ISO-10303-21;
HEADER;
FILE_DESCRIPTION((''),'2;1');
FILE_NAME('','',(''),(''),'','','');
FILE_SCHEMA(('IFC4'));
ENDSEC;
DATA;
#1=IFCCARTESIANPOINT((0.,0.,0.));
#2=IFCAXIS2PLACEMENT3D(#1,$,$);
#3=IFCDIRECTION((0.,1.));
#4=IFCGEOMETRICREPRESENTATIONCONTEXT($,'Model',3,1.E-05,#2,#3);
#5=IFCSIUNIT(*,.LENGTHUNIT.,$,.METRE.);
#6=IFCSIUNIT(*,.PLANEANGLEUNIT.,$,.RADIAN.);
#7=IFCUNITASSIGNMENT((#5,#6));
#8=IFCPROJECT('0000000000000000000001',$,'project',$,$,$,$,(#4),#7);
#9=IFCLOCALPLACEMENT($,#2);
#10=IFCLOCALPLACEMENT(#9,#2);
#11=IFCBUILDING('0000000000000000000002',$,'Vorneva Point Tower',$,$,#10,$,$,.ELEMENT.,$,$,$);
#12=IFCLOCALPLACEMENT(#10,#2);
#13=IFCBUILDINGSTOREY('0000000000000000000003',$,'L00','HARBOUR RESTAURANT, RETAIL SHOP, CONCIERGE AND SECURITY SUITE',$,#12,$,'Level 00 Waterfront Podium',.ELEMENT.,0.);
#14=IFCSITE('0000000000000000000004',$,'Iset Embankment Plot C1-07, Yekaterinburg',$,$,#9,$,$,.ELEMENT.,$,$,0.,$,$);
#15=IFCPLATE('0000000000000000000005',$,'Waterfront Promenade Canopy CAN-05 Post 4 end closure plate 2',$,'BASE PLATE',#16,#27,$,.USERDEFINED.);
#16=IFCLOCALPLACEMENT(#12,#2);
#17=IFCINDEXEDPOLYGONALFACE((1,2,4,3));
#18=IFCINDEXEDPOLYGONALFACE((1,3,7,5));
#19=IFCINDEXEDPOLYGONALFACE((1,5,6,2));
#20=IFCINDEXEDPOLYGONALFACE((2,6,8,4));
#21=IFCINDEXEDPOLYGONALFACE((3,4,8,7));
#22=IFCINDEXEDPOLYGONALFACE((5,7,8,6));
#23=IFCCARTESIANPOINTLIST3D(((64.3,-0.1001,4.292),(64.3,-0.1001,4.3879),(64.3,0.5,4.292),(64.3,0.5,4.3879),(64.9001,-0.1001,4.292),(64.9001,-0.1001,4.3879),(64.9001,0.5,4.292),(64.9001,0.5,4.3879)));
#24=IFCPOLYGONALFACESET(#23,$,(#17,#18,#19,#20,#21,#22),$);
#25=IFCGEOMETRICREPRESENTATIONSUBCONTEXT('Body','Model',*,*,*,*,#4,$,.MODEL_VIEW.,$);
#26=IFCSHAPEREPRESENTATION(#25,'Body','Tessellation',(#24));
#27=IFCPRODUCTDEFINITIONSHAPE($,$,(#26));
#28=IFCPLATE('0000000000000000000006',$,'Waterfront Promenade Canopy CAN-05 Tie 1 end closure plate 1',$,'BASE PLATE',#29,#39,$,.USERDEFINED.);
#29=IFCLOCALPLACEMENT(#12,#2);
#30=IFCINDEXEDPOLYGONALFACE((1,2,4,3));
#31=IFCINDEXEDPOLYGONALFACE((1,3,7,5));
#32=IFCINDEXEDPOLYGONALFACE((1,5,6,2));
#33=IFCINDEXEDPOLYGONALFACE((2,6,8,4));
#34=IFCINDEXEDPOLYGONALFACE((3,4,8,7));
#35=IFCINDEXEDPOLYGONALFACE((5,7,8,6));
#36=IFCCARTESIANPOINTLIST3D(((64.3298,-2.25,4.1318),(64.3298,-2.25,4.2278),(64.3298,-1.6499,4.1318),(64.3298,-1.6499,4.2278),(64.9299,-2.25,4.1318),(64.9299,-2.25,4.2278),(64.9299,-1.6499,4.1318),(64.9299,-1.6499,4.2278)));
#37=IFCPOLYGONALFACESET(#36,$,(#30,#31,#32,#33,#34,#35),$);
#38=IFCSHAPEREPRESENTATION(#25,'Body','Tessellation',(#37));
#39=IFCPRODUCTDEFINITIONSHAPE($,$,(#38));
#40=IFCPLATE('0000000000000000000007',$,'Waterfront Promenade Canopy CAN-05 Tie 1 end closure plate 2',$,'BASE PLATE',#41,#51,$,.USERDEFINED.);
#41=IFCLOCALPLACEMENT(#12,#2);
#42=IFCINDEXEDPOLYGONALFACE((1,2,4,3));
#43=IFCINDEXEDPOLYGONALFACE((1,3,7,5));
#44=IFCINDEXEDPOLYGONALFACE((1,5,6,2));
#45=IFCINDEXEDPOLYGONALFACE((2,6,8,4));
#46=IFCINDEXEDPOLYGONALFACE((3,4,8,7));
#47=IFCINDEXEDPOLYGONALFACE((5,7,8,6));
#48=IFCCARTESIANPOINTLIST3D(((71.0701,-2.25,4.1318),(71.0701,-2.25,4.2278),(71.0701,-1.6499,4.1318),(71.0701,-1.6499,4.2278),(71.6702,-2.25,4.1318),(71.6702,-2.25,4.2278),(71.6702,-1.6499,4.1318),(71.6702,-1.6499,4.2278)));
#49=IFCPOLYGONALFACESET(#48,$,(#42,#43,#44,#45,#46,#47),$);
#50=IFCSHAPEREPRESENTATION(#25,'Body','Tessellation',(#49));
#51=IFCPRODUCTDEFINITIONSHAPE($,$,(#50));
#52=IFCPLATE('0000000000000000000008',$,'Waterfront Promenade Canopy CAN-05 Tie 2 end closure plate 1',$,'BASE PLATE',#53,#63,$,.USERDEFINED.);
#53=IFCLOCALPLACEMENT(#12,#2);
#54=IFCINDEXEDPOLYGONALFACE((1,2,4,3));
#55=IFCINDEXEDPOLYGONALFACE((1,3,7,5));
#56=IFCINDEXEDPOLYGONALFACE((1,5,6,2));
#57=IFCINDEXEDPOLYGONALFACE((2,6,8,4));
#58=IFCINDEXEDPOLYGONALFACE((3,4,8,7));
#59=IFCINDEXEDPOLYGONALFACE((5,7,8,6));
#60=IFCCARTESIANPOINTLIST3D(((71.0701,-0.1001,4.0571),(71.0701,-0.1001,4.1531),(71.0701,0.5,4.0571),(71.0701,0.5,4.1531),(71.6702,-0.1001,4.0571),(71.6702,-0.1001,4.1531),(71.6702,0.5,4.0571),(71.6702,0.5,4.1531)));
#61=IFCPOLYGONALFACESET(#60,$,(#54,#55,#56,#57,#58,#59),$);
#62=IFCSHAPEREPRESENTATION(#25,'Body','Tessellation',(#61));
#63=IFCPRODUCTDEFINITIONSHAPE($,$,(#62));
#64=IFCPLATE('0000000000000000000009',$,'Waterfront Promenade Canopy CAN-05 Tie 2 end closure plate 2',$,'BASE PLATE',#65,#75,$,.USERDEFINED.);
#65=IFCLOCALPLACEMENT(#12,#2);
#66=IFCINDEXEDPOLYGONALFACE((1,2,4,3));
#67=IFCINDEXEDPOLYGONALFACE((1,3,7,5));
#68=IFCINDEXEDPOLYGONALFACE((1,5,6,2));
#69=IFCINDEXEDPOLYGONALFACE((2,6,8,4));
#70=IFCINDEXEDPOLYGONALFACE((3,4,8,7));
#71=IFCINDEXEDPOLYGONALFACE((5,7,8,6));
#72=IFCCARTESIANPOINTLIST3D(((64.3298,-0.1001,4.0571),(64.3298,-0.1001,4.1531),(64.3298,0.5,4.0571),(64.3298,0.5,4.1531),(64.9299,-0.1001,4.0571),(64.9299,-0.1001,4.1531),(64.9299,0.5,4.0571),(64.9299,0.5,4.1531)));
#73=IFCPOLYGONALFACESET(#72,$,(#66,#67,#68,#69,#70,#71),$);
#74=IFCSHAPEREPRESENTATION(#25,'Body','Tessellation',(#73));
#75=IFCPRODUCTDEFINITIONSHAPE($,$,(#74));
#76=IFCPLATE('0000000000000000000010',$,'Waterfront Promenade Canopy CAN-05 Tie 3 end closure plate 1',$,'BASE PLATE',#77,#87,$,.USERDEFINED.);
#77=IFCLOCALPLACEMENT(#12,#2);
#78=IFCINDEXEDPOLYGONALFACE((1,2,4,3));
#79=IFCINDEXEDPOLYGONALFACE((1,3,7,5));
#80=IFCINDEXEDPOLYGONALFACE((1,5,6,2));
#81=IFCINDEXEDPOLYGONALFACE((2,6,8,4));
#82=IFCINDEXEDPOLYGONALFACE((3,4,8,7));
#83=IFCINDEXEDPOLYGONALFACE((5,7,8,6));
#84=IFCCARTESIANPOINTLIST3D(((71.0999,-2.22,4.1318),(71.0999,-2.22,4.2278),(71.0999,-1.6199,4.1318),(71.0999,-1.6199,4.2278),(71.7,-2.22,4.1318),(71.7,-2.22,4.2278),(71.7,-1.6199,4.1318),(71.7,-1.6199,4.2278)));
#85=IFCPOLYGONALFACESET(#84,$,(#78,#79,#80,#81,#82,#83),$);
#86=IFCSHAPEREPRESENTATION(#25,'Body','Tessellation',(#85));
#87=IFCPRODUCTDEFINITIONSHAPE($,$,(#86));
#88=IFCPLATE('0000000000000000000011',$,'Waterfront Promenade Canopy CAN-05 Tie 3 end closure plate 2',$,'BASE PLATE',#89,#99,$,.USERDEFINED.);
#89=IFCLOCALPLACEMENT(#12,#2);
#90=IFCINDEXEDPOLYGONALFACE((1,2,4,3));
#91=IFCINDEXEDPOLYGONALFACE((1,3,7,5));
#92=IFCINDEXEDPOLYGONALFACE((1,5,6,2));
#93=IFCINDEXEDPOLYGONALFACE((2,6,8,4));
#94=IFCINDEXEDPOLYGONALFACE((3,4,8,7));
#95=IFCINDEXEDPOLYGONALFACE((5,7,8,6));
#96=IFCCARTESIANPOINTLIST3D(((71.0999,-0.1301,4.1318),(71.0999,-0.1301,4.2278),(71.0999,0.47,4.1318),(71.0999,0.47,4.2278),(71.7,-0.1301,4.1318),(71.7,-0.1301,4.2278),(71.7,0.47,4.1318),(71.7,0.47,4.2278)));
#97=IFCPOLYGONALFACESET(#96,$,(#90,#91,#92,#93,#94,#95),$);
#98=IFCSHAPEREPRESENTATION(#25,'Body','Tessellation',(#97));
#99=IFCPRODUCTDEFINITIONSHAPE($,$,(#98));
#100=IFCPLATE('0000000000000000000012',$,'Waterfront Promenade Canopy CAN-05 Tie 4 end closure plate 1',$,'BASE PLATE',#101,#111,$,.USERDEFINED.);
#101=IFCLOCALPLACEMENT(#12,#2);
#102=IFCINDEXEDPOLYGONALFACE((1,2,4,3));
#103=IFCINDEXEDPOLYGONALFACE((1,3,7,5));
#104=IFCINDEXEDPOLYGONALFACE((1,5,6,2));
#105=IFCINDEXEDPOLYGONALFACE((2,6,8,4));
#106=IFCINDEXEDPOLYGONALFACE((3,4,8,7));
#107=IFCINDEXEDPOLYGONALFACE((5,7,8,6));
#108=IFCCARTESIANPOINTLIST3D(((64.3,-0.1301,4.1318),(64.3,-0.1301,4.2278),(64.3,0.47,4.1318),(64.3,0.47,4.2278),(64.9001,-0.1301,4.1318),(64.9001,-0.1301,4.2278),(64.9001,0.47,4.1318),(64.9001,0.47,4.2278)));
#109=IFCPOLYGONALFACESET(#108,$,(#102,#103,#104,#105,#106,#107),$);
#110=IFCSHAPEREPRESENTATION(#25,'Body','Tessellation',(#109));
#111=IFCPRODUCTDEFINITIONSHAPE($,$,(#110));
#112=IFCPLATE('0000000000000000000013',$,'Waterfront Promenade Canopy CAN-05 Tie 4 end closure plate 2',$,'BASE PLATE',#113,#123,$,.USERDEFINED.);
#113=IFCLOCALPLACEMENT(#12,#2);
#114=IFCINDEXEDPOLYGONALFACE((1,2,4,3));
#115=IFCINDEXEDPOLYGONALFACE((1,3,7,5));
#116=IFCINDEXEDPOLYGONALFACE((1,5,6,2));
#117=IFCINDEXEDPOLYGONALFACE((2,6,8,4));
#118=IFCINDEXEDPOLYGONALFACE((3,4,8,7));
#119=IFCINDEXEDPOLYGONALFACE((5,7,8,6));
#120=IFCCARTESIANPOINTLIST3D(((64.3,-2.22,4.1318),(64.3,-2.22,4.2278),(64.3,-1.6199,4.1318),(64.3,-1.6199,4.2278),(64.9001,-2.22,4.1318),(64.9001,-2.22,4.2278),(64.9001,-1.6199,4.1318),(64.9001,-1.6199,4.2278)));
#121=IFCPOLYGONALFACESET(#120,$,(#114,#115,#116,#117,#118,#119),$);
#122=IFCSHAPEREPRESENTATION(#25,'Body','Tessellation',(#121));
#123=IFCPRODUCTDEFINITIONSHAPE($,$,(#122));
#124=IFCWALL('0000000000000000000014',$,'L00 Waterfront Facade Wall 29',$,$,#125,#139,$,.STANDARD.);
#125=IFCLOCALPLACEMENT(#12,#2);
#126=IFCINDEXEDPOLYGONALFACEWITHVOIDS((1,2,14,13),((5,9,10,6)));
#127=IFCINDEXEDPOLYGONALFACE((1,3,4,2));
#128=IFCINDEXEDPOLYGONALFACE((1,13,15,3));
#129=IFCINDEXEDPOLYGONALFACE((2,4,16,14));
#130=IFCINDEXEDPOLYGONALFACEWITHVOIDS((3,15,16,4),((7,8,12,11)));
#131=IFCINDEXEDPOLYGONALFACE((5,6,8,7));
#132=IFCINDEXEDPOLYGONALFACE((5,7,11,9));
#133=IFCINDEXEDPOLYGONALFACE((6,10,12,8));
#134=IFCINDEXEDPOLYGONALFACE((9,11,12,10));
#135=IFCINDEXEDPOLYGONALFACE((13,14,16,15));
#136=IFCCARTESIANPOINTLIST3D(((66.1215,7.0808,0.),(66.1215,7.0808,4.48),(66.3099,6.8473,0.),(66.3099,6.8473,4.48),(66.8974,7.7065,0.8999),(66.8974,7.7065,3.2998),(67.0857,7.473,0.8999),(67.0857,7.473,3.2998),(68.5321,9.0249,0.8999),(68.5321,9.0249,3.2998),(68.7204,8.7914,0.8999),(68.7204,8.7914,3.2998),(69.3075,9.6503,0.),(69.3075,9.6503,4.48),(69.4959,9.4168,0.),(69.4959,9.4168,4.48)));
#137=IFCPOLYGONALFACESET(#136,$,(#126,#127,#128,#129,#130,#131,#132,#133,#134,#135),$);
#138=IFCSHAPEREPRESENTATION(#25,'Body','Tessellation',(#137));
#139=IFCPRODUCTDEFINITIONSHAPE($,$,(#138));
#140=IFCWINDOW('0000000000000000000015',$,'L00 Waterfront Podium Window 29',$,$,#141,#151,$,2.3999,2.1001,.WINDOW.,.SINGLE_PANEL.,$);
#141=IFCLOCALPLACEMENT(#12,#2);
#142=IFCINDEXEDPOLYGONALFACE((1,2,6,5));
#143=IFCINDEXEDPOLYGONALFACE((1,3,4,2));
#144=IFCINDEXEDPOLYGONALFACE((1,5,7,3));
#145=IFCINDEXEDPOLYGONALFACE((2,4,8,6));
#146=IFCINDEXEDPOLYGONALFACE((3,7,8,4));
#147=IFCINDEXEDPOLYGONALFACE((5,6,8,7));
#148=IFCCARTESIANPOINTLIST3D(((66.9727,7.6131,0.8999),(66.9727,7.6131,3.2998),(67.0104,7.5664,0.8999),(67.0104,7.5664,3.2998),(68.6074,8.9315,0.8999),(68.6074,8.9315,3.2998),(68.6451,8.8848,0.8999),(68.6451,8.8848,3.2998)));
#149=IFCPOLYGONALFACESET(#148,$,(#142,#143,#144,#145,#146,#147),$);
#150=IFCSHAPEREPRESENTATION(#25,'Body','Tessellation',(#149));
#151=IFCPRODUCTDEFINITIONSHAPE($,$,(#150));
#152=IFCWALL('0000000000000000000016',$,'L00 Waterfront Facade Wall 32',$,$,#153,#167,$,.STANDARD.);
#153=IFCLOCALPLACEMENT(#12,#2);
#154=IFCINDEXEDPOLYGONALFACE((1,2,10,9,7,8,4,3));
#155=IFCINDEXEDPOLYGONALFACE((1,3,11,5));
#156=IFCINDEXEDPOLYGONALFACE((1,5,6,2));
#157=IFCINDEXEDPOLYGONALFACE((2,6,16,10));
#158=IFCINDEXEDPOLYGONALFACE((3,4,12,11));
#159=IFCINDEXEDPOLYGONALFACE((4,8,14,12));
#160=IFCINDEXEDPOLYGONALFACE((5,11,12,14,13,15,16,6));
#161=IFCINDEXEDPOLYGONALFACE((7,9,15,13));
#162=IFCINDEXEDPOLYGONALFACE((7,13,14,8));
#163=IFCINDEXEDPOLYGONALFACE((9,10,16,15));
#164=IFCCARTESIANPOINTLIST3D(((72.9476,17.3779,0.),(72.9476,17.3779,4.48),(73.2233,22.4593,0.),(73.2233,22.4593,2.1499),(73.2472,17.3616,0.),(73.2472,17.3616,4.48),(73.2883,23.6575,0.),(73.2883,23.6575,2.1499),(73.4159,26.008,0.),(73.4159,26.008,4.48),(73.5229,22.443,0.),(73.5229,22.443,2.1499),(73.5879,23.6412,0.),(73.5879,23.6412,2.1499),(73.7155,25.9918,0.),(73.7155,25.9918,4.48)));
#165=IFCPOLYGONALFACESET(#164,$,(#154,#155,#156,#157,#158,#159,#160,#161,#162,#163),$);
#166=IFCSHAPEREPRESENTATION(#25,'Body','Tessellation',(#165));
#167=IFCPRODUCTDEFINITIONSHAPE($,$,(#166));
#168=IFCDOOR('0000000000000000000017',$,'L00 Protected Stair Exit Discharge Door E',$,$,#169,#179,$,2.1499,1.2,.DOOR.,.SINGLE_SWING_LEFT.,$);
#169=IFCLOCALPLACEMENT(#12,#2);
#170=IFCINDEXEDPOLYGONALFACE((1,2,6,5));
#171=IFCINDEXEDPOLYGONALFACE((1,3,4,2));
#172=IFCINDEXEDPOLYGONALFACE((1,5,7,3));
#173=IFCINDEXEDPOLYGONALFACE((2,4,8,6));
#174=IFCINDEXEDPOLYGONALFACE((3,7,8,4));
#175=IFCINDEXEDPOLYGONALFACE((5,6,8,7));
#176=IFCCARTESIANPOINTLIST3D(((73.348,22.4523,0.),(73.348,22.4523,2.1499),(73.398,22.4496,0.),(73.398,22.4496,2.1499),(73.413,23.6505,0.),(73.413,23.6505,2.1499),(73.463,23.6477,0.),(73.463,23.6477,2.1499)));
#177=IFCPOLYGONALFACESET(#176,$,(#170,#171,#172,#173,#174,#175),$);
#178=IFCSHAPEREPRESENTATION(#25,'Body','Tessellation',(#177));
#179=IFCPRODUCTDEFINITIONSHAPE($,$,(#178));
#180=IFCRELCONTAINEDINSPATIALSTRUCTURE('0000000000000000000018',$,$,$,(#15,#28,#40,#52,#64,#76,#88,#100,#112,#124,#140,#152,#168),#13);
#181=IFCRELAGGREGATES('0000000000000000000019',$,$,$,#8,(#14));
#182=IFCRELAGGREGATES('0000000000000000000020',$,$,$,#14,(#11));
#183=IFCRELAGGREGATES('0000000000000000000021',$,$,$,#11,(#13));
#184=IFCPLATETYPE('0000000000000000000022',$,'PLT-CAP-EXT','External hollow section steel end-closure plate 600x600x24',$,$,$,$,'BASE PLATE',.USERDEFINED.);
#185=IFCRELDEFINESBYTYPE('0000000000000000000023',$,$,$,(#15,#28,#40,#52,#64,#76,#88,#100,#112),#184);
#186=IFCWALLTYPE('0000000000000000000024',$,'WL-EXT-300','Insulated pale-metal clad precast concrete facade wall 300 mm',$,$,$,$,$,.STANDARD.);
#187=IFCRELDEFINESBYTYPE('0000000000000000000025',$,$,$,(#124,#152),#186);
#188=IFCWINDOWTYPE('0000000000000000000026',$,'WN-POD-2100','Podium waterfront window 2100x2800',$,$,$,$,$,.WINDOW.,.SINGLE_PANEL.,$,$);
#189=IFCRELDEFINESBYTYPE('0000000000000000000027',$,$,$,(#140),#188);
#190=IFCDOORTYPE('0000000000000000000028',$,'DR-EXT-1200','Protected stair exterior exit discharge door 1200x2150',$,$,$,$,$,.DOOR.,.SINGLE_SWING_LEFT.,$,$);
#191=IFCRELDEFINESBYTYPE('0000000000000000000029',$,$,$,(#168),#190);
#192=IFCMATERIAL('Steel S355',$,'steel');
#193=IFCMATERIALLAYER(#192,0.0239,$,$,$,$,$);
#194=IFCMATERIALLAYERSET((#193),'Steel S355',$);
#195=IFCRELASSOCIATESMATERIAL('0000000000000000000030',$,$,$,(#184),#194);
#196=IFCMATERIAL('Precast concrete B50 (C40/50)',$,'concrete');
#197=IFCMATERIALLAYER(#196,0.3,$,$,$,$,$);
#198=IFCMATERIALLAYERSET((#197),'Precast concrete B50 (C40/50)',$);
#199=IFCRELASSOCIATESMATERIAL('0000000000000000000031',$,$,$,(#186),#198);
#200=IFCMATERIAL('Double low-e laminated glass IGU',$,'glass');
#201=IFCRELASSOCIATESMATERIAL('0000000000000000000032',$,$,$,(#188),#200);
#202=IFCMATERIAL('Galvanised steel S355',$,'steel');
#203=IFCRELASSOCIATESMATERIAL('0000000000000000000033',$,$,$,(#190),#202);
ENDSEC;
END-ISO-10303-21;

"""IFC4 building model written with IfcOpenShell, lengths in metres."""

from ifc_helpers import new_model, si_unit, direction, frame, frame_2d, origin, origin_2d, place, context, subcontext, project, spatial, rectangle, extrude, material, layer, layer_set, type_object, element, fill, save


model = new_model("IFC4")

# Units and contexts
model_context = context("Model", 3, precision=1e-05, world=origin(), true_north=direction((0.0, 1.0)))
body_context = subcontext(model_context, "Body", "Model", "MODEL_VIEW")
ifc_project = project(units=[si_unit("LENGTHUNIT", "METRE"), si_unit("PLANEANGLEUNIT", "RADIAN")], contexts=[model_context])

# Site, building, storey
site_placement = place(None, origin())
site = spatial("IfcSite", under=ifc_project, at=site_placement, Name="Iset Embankment Plot C1-07, Yekaterinburg", CompositionType="ELEMENT", RefElevation=0.0)
building_placement = place(site_placement, origin())
building = spatial("IfcBuilding", under=site, at=building_placement, Name="Vorneva Point Tower", CompositionType="ELEMENT")
storey_placement = place(building_placement, origin())
storey = spatial("IfcBuildingStorey", under=building, at=storey_placement, Name="L00", Description="HARBOUR RESTAURANT, RETAIL SHOP, CONCIERGE AND SECURITY SUITE", LongName="Level 00 Waterfront Podium", CompositionType="ELEMENT", Elevation=0.0)

# Shared definitions
ifc_material_1 = material(Name="Steel S355", Category="steel")

# Shared definitions
ifc_material_2 = material(Name="Double low-e laminated glass IGU", Category="glass")

# Plates
ifc_layer_1 = layer(ifc_material_1, 0.0239)
ifc_layer_set_1 = layer_set([ifc_layer_1], Name="Steel S355")
plate_type_1 = type_object("IfcPlateType", Name="PLT-CAP-EXT", Description="External hollow section steel end-closure plate 600x600x24", ElementType="BASE PLATE", PredefinedType="USERDEFINED", material=ifc_layer_set_1)
for number, where, z_axis, x_axis, name in (
    (1, (64.6001, 0.2, 4.292), (0.0, 0.0, 1.0), (1.0, 0.0, 0.0), "Waterfront Promenade Canopy CAN-05 Post 4 end closure plate 2"),
    (2, (64.6299, -1.95, 4.1318), (0.0, 0.0, 1.0), (1.0, 0.0, 0.0), "Waterfront Promenade Canopy CAN-05 Tie 1 end closure plate 1"),
    (3, (71.3701, -1.95, 4.1318), (0.0, 0.0, 1.0), (1.0, 0.0, 0.0), "Waterfront Promenade Canopy CAN-05 Tie 1 end closure plate 2"),
    (4, (71.3701, 0.2, 4.0571), (0.0, 0.0, 1.0), (-1.0, 0.0, 0.0), "Waterfront Promenade Canopy CAN-05 Tie 2 end closure plate 1"),
    (5, (64.6299, 0.2, 4.0571), (0.0, 0.0, 1.0), (-1.0, 0.0, 0.0), "Waterfront Promenade Canopy CAN-05 Tie 2 end closure plate 2"),
    (6, (71.3999, -1.9199, 4.1318), (0.0, 0.0, 1.0), (0.0, 1.0, 0.0), "Waterfront Promenade Canopy CAN-05 Tie 3 end closure plate 1"),
    (7, (71.3999, 0.1699, 4.1318), (0.0, 0.0, 1.0), (0.0, 1.0, 0.0), "Waterfront Promenade Canopy CAN-05 Tie 3 end closure plate 2"),
    (8, (64.6001, 0.1699, 4.1318), (0.0, 0.0, 1.0), (0.0, -1.0, 0.0), "Waterfront Promenade Canopy CAN-05 Tie 4 end closure plate 1"),
    (9, (64.6001, -1.9199, 4.1318), (0.0, 0.0, 1.0), (0.0, -1.0, 0.0), "Waterfront Promenade Canopy CAN-05 Tie 4 end closure plate 2"),
):
    element("IfcPlate", number, at=place(storey_placement, frame(where, z_axis=z_axis, x_axis=x_axis)), inside=storey, type_object=plate_type_1, Name=name, ObjectType="BASE PLATE", PredefinedType="USERDEFINED", context=body_context, shape_type="SweptSolid", body=[
        extrude(rectangle(XDim=0.6001, YDim=0.6001, at=origin_2d()), origin(), (0.0, 0.0, 1.0), 0.0959),
    ])

# Wall, opening, window
ifc_material_3 = material(Name="Precast concrete B50 (C40/50)", Category="concrete")
ifc_layer_2 = layer(ifc_material_3, 0.3)
ifc_layer_set_2 = layer_set([ifc_layer_2], Name="Precast concrete B50 (C40/50)")
wall_type = type_object("IfcWallType", Name="WL-EXT-300", Description="Insulated pale-metal clad precast concrete facade wall 300 mm", PredefinedType="STANDARD", material=ifc_layer_set_2)
wall_1_placement = place(storey_placement, frame((66.2158, 6.9641, 0.0), z_axis=(0.0, 0.0, 1.0), x_axis=(0.77839, 0.627782, 0.0)))
wall_1 = element("IfcWall", 10, at=wall_1_placement, inside=storey, type_object=wall_type, Name="L00 Waterfront Facade Wall 29", PredefinedType="STANDARD", context=body_context, shape_type="SweptSolid", body=[
    extrude(rectangle(XDim=4.093, YDim=0.3, at=frame_2d((2.0464, 0.0))), origin(), (0.0, 0.0, 1.0), 4.48),
])
opening_1_placement = place(wall_1_placement, frame((0.9966, 0.0, 0.8999)))
opening_1 = element("IfcOpeningElement", 11, at=opening_1_placement, cuts=wall_1, PredefinedType="OPENING", context=body_context, shape_type="SweptSolid", body=[
    extrude(rectangle(XDim=2.1001, YDim=2.3999, at=frame_2d((1.05, 1.2))), frame((0.0, 0.165, 0.0), z_axis=(0.0, -1.0, 0.0), x_axis=(1.0, 0.0, 0.0)), (0.0, 0.0, 1.0), 0.3298),
])
window_type = type_object("IfcWindowType", Name="WN-POD-2100", Description="Podium waterfront window 2100x2800", PartitioningType="SINGLE_PANEL", PredefinedType="WINDOW", material=ifc_material_2)
window_placement = place(opening_1_placement, origin())
window = element("IfcWindow", 12, at=window_placement, inside=storey, type_object=window_type, Name="L00 Waterfront Podium Window 29", OverallHeight=2.3999, OverallWidth=2.1001, PartitioningType="SINGLE_PANEL", PredefinedType="WINDOW", context=body_context, shape_type="SweptSolid", body=[
    extrude(rectangle(XDim=2.1001, YDim=2.3999, at=frame_2d((1.05, 1.2))), frame((0.0, 0.03, 0.0), z_axis=(0.0, -1.0, 0.0), x_axis=(1.0, 0.0, 0.0)), (0.0, 0.0, 1.0), 0.0601),
])
fill(opening_1, window)

# Wall, opening, door
wall_2_placement = place(storey_placement, frame((73.0974, 17.3699, 0.0), z_axis=(0.0, 0.0, 1.0), x_axis=(0.054179, 0.998531, 0.0)))
wall_2 = element("IfcWall", 13, at=wall_2_placement, inside=storey, type_object=wall_type, Name="L00 Waterfront Facade Wall 32", PredefinedType="STANDARD", context=body_context, shape_type="SweptSolid", body=[
    extrude(rectangle(XDim=8.6428, YDim=0.3, at=frame_2d((4.3213, 0.0))), origin(), (0.0, 0.0, 1.0), 4.48),
])
opening_2_placement = place(wall_2_placement, frame((5.0886, 0.0, 0.0)))
opening_2 = element("IfcOpeningElement", 14, at=opening_2_placement, cuts=wall_2, PredefinedType="OPENING", context=body_context, shape_type="SweptSolid", body=[
    extrude(rectangle(XDim=1.2, YDim=2.1499, at=frame_2d((0.6001, 1.075))), frame((0.0, 0.165, 0.0), z_axis=(0.0, -1.0, 0.0), x_axis=(1.0, 0.0, 0.0)), (0.0, 0.0, 1.0), 0.3298),
])
ifc_material_4 = material(Name="Galvanised steel S355", Category="steel")
door_type = type_object("IfcDoorType", Name="DR-EXT-1200", Description="Protected stair exterior exit discharge door 1200x2150", OperationType="SINGLE_SWING_LEFT", PredefinedType="DOOR", material=ifc_material_4)
door_placement = place(opening_2_placement, frame((1.2, 0.0, 0.0), z_axis=(0.0, 0.0, 1.0), x_axis=(-1.0, 0.0, 0.0)))
door = element("IfcDoor", 15, at=door_placement, inside=storey, type_object=door_type, Name="L00 Protected Stair Exit Discharge Door E", OperationType="SINGLE_SWING_LEFT", OverallHeight=2.1499, OverallWidth=1.2, PredefinedType="DOOR", context=body_context, shape_type="SweptSolid", body=[
    extrude(rectangle(XDim=1.2, YDim=2.1499, at=frame_2d((0.6001, 1.075))), frame((0.0, 0.0249, 0.0), z_axis=(0.0, -1.0, 0.0), x_axis=(1.0, 0.0, 0.0)), (0.0, 0.0, 1.0), 0.05),
])
fill(opening_2, door)

save(model, "model.ifc")
